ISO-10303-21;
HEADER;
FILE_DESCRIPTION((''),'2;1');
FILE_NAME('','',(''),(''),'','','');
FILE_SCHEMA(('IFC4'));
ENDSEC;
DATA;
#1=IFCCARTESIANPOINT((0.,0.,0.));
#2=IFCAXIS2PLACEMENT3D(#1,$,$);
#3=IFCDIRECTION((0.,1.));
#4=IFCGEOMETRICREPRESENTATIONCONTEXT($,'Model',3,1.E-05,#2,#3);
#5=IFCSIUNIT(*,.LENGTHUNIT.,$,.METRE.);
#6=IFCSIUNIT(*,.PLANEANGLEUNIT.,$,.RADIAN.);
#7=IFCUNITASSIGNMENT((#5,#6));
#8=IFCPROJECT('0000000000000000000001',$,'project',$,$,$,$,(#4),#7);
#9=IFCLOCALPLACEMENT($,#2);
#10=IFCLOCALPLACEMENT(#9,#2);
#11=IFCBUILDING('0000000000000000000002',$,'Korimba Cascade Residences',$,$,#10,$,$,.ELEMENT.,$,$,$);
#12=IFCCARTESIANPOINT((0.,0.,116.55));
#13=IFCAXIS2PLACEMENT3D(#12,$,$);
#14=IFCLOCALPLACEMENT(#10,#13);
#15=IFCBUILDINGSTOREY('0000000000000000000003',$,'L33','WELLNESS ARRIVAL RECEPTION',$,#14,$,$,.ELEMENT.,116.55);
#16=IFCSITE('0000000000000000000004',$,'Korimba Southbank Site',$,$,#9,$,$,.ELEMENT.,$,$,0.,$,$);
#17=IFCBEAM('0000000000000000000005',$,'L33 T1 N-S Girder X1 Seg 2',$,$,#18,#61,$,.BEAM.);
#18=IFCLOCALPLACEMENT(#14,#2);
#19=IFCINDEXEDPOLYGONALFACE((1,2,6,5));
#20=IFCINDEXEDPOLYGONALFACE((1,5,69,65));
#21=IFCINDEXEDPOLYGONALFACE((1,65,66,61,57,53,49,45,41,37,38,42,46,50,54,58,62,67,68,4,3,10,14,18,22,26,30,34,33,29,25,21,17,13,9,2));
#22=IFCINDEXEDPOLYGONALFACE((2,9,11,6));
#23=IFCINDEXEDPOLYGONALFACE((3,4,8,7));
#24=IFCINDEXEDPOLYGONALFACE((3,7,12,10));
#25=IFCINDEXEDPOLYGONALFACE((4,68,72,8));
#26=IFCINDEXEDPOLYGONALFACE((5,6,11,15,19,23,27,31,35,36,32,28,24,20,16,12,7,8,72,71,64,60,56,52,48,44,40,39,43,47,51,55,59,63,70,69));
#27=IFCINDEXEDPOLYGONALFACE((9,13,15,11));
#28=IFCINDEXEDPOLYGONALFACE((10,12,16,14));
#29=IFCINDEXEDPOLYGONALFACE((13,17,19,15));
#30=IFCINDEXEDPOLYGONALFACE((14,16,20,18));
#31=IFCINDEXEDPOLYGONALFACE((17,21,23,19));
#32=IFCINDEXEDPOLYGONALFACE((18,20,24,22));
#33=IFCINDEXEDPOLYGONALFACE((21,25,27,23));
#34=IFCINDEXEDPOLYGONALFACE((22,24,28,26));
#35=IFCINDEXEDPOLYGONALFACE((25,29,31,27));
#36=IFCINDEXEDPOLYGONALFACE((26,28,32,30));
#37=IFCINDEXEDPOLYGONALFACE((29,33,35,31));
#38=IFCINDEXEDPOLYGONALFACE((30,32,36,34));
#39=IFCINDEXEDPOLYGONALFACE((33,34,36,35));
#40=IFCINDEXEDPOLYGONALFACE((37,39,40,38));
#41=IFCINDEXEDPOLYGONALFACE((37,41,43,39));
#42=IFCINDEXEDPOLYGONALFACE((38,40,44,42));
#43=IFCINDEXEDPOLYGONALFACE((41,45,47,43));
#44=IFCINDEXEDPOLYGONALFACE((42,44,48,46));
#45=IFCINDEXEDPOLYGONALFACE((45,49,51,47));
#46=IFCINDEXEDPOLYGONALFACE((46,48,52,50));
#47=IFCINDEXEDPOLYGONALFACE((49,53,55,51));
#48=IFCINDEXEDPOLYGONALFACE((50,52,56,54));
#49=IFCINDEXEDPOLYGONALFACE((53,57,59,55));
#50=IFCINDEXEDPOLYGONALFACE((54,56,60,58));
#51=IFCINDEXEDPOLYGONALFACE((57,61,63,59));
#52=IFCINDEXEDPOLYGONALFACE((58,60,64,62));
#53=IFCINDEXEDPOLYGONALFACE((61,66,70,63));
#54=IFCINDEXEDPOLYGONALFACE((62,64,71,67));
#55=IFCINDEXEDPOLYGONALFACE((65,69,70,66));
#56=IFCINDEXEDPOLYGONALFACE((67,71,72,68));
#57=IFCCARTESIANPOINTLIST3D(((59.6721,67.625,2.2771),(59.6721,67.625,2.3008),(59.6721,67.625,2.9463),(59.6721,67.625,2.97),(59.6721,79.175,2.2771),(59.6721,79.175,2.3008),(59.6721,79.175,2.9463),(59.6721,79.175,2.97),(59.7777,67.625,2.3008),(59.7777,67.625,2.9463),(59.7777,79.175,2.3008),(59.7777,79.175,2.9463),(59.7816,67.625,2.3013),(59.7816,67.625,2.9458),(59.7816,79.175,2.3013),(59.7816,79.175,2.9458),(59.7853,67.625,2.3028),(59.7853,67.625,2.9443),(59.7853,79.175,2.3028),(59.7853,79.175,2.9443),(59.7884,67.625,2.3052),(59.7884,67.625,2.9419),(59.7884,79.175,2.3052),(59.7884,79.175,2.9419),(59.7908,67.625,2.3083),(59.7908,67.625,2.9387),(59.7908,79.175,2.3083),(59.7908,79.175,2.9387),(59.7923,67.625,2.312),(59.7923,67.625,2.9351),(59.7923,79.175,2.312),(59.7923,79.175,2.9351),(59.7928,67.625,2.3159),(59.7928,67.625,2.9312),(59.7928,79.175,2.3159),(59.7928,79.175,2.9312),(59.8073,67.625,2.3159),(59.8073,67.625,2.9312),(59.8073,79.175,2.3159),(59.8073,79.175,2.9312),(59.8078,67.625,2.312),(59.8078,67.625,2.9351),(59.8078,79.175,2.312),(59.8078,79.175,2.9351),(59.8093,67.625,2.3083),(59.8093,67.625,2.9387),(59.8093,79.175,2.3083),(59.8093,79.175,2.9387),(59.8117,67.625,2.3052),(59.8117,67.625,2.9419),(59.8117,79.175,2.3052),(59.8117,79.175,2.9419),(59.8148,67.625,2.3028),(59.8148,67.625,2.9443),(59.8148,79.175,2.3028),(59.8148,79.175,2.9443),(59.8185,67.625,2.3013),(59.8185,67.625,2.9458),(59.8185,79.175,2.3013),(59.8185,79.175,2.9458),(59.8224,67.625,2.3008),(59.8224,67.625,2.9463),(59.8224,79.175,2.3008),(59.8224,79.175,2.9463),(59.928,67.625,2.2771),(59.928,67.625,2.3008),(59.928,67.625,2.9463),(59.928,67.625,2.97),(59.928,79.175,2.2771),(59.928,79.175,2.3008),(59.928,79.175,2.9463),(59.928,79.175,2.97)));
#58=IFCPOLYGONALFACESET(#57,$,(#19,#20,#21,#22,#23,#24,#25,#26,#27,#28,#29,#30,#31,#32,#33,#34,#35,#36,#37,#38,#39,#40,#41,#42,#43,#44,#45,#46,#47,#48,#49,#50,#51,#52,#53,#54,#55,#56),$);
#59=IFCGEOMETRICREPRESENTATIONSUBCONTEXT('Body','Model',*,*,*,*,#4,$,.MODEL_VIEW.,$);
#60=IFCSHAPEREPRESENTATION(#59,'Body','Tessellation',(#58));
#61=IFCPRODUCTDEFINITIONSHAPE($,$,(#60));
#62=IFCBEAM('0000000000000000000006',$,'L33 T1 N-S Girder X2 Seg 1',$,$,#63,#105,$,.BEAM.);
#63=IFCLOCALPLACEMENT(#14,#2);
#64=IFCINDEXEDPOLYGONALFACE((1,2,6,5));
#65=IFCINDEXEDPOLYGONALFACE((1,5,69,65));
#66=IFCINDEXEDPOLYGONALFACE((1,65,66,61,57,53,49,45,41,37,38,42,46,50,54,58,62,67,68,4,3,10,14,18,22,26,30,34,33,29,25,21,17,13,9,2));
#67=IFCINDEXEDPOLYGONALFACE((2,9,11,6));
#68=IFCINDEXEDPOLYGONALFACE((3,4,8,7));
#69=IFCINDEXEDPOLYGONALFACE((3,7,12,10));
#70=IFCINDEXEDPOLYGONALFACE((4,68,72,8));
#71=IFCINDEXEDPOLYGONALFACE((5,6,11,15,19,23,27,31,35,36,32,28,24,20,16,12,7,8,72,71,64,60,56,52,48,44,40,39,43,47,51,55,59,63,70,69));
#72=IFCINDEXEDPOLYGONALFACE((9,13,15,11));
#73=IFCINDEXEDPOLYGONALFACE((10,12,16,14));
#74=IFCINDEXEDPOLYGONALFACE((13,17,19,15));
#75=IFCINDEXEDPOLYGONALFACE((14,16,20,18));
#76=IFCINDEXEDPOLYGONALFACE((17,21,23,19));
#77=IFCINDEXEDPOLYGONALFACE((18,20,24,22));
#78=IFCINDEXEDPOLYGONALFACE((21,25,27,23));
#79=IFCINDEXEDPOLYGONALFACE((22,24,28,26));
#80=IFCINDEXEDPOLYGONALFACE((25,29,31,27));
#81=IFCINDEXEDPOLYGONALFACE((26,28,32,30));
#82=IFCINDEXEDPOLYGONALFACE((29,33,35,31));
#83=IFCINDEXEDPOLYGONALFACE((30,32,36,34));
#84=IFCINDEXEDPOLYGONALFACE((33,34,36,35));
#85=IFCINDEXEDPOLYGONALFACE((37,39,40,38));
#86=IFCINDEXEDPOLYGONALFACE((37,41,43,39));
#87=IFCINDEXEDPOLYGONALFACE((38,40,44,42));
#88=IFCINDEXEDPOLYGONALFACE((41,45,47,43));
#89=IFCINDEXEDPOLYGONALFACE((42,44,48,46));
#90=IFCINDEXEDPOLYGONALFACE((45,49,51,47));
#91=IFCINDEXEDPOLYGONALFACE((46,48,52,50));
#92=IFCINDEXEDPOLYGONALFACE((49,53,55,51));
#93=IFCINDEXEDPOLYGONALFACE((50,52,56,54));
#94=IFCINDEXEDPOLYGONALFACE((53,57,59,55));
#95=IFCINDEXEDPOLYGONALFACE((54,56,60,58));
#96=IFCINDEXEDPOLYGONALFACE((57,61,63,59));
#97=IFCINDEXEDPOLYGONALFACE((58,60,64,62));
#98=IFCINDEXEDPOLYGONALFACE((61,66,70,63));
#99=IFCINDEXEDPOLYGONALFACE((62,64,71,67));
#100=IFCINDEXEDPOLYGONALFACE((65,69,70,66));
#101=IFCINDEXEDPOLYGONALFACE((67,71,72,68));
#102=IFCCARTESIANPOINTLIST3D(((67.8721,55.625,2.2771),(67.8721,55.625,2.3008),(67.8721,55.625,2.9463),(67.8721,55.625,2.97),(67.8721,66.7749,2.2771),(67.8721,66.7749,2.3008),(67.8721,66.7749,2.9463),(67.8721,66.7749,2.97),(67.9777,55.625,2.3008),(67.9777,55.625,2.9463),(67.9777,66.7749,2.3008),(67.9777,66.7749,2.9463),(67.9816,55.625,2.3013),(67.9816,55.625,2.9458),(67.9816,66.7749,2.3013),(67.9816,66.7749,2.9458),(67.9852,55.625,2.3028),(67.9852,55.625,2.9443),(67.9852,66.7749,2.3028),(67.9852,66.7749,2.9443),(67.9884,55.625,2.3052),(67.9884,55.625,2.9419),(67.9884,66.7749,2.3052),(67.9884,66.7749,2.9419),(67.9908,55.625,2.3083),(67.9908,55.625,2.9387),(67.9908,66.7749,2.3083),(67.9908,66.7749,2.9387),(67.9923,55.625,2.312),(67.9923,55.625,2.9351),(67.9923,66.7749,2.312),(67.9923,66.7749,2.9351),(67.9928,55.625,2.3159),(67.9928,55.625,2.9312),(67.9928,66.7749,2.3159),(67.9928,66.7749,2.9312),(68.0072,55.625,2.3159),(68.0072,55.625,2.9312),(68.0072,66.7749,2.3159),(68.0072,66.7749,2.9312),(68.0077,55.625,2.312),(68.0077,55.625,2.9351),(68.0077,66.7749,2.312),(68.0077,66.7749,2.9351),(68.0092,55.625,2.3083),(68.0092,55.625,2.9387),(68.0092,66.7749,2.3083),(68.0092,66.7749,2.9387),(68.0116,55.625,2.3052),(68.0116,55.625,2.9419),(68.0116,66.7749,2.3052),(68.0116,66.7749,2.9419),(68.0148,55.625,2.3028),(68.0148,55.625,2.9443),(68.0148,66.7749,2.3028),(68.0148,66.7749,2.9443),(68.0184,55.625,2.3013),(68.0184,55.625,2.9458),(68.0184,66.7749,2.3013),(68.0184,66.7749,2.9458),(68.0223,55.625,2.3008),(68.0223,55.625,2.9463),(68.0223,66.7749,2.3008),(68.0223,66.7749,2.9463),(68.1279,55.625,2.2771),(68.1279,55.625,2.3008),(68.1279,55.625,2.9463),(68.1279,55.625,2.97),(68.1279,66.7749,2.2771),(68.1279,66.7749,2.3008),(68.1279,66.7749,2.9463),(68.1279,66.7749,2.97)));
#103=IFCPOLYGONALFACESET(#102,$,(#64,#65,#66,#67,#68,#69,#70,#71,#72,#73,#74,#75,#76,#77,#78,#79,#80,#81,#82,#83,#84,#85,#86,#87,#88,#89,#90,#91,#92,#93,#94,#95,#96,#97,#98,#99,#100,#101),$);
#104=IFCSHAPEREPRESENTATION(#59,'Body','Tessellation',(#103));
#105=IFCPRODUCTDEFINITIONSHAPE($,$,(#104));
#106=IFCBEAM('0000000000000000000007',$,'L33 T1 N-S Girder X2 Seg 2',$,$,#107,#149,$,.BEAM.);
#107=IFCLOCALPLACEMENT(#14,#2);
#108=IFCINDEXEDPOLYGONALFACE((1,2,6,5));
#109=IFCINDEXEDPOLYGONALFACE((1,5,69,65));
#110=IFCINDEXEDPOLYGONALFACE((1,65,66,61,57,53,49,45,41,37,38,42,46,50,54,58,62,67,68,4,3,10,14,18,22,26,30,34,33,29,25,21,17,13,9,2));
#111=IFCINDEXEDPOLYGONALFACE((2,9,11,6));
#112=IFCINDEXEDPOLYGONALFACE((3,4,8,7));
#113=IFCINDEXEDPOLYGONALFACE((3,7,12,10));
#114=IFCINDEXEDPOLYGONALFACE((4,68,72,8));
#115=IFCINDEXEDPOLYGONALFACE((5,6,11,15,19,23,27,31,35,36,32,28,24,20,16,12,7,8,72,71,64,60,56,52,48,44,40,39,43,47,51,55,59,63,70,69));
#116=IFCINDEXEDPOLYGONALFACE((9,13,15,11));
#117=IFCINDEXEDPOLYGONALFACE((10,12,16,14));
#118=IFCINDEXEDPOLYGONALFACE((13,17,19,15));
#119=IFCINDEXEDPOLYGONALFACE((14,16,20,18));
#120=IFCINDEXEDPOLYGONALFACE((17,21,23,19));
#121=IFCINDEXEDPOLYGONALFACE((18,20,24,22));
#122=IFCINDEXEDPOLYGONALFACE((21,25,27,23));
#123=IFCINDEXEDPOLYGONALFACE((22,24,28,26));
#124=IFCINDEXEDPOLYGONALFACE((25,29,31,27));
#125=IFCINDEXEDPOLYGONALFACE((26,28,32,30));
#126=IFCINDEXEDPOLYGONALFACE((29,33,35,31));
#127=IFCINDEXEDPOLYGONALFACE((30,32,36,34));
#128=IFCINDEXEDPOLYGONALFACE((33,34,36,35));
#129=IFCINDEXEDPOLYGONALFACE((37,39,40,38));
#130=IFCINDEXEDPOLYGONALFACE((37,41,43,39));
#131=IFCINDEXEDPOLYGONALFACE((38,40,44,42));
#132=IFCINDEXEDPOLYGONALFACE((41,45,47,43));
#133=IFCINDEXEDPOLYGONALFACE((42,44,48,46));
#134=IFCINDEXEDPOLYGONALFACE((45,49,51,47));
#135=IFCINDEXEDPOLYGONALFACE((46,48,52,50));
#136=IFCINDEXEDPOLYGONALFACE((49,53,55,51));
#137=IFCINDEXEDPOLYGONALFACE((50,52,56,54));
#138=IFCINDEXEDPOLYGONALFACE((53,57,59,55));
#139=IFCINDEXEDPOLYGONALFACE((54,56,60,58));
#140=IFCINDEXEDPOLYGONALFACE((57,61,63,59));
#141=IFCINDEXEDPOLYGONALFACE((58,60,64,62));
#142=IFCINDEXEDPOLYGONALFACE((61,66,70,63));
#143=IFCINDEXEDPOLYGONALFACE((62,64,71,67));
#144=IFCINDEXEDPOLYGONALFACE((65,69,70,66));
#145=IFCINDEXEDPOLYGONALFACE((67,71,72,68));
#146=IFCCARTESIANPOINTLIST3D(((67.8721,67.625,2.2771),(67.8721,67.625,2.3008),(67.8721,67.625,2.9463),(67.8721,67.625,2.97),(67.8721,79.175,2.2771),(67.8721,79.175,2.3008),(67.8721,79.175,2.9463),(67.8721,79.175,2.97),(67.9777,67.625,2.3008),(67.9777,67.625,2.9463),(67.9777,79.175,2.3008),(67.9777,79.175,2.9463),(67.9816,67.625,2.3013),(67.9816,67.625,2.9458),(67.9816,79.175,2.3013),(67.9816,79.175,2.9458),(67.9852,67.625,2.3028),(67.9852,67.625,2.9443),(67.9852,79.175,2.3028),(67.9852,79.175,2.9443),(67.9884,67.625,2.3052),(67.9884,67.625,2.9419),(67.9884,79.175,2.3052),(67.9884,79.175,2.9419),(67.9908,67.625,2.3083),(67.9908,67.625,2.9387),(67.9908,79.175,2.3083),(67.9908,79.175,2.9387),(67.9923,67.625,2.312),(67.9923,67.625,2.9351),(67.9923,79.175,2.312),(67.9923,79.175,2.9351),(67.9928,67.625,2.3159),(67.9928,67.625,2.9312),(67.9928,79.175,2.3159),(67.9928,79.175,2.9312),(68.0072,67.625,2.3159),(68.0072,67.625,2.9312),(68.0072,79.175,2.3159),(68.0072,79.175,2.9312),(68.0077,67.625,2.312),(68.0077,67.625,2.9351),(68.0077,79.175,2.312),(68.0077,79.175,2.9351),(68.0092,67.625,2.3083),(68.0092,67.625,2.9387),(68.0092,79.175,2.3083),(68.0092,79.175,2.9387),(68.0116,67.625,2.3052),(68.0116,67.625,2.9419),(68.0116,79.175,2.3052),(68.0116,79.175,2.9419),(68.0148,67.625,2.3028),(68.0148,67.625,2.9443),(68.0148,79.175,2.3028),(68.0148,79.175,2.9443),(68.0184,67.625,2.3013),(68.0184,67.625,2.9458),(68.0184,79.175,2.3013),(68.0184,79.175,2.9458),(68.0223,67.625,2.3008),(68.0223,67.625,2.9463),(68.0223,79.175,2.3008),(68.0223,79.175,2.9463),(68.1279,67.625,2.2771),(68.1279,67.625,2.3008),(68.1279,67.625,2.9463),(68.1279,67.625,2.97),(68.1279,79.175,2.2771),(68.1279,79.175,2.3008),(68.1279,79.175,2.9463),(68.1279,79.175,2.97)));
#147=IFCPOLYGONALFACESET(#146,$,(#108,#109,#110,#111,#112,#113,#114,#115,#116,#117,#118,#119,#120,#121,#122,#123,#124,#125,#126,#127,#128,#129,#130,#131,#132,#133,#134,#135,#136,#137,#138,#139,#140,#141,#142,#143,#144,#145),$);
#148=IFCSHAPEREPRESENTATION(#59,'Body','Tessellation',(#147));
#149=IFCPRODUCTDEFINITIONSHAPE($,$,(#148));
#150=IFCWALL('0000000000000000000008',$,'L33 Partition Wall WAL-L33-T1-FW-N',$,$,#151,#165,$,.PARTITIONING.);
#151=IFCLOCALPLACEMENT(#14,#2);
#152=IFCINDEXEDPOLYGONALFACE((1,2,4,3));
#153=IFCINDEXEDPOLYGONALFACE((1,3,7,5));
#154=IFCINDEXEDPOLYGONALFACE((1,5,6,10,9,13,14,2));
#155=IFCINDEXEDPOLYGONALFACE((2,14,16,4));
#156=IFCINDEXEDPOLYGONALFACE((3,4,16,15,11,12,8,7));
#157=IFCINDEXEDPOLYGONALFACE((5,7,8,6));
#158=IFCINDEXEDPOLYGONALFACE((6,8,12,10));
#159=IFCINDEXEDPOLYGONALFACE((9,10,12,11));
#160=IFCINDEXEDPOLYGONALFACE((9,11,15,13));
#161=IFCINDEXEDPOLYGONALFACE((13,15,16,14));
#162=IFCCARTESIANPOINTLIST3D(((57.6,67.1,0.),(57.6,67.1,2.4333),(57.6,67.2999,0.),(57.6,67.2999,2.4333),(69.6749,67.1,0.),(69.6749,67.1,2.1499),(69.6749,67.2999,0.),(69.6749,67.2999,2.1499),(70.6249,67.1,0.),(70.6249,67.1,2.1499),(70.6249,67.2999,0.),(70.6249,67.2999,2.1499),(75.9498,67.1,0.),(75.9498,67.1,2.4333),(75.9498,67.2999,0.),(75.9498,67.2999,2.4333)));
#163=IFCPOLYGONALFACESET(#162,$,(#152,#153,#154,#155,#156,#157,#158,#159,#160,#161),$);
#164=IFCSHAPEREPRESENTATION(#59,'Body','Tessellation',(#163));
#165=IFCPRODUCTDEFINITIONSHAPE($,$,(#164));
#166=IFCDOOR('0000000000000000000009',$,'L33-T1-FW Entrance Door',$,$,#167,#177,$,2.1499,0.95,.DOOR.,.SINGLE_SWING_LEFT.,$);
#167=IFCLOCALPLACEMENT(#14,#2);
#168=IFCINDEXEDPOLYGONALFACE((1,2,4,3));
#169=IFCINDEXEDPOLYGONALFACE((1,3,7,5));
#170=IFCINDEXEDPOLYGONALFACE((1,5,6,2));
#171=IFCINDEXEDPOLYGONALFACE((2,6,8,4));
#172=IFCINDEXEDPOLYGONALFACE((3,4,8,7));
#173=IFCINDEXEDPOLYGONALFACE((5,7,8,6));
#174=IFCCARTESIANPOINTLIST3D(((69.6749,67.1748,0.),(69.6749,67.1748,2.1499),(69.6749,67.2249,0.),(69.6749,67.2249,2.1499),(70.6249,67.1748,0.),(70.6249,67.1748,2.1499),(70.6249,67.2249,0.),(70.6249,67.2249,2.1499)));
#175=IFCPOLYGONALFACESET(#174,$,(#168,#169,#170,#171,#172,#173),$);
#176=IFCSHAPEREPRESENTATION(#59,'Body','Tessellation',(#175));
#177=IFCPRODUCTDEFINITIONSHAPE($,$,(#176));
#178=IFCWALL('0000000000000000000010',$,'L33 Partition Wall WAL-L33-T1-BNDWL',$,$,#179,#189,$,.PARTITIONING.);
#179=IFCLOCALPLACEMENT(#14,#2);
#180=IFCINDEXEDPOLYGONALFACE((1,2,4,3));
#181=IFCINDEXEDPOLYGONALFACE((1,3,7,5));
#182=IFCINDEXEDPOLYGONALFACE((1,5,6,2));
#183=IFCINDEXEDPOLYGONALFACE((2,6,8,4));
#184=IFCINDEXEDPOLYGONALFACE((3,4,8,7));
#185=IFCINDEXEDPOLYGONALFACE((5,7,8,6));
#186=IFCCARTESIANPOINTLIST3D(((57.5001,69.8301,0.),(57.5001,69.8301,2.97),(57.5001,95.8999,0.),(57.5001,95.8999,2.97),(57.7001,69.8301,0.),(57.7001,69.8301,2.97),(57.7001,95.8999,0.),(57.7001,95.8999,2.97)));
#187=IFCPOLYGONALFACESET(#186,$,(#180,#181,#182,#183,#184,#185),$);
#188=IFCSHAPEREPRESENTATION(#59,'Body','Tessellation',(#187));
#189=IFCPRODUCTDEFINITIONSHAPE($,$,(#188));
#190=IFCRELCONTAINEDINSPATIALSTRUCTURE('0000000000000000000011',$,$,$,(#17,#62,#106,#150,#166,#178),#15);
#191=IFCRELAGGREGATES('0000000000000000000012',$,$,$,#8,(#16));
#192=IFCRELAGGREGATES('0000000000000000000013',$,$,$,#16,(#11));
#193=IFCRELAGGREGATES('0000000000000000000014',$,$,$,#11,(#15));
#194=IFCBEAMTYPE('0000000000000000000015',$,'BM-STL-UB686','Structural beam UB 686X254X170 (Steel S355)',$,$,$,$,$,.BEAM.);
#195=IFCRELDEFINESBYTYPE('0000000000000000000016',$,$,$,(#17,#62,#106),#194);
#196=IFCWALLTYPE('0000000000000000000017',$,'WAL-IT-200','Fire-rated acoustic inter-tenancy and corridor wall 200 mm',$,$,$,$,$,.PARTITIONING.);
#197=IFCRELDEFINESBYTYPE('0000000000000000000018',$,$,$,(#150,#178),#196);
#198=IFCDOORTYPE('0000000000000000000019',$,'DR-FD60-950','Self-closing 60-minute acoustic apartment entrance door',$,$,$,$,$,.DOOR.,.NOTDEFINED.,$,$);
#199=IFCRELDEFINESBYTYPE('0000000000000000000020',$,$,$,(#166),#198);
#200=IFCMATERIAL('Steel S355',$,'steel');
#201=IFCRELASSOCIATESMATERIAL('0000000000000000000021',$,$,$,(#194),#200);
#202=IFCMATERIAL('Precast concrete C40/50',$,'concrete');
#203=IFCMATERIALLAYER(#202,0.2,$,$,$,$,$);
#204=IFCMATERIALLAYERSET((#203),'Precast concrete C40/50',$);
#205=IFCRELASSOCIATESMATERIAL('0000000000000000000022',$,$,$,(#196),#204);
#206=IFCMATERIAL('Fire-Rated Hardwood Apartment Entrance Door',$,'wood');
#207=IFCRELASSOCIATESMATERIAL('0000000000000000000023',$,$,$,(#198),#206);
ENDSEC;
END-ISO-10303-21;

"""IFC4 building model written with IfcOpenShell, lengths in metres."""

from ifc_helpers import new_model, si_unit, direction, frame, frame_2d, origin, origin_2d, place, context, subcontext, project, spatial, rectangle, i_section, extrude, material, layer, layer_set, material_profile, profile_set, type_object, element, fill, save


model = new_model("IFC4")

# Units and contexts
model_context = context("Model", 3, precision=1e-05, world=origin(), true_north=direction((0.0, 1.0)))
body_context = subcontext(model_context, "Body", "Model", "MODEL_VIEW")
ifc_project = project(units=[si_unit("LENGTHUNIT", "METRE"), si_unit("PLANEANGLEUNIT", "RADIAN")], contexts=[model_context])

# Site, building, storey
site_placement = place(None, origin())
site = spatial("IfcSite", under=ifc_project, at=site_placement, Name="Korimba Southbank Site", CompositionType="ELEMENT", RefElevation=0.0)
building_placement = place(site_placement, origin())
building = spatial("IfcBuilding", under=site, at=building_placement, Name="Korimba Cascade Residences", CompositionType="ELEMENT")
storey_placement = place(building_placement, frame((0.0, 0.0, 116.55)))
storey = spatial("IfcBuildingStorey", under=building, at=storey_placement, Name="L33", Description="WELLNESS ARRIVAL RECEPTION", CompositionType="ELEMENT", Elevation=116.55)

# Beams
ifc_material_1 = material(Name="Steel S355", Category="steel")
ifc_material_profile_1 = material_profile(ifc_material_1, i_section(OverallWidth=0.2559, OverallDepth=0.6929, WebThickness=0.0144, FlangeThickness=0.0237, FilletRadius=0.0151, at=origin_2d()), Name="Steel S355")
ifc_profile_set_1 = profile_set([ifc_material_profile_1], Name="Steel S355")
beam_type_1 = type_object("IfcBeamType", Name="BM-STL-UB686", Description="Structural beam UB 686X254X170 (Steel S355)", PredefinedType="BEAM", material=ifc_profile_set_1)
beam_1_placement = place(storey_placement, frame((59.8, 67.625, 2.6235), z_axis=(0.0, 1.0, 0.0), x_axis=(-1.0, 0.0, 0.0)))
element("IfcBeam", 1, at=beam_1_placement, inside=storey, type_object=beam_type_1, Name="L33 T1 N-S Girder X1 Seg 2", PredefinedType="BEAM", context=body_context, shape_type="SweptSolid", body=[
    extrude(i_section(OverallWidth=0.2559, OverallDepth=0.6929, WebThickness=0.0144, FlangeThickness=0.0237, FilletRadius=0.0151, at=origin_2d()), origin(), (0.0, 0.0, 1.0), 11.55),
])
beam_2_placement = place(storey_placement, frame((68.0, 55.625, 2.6235), z_axis=(0.0, 1.0, 0.0), x_axis=(-1.0, 0.0, 0.0)))
element("IfcBeam", 2, at=beam_2_placement, inside=storey, type_object=beam_type_1, Name="L33 T1 N-S Girder X2 Seg 1", PredefinedType="BEAM", context=body_context, shape_type="SweptSolid", body=[
    extrude(i_section(OverallWidth=0.2559, OverallDepth=0.6929, WebThickness=0.0144, FlangeThickness=0.0237, FilletRadius=0.0151, at=origin_2d()), origin(), (0.0, 0.0, 1.0), 11.1499),
])
beam_3_placement = place(storey_placement, frame((68.0, 67.625, 2.6235), z_axis=(0.0, 1.0, 0.0), x_axis=(-1.0, 0.0, 0.0)))
element("IfcBeam", 3, at=beam_3_placement, inside=storey, type_object=beam_type_1, Name="L33 T1 N-S Girder X2 Seg 2", PredefinedType="BEAM", context=body_context, shape_type="SweptSolid", body=[
    extrude(i_section(OverallWidth=0.2559, OverallDepth=0.6929, WebThickness=0.0144, FlangeThickness=0.0237, FilletRadius=0.0151, at=origin_2d()), origin(), (0.0, 0.0, 1.0), 11.55),
])

# Wall, opening, door
ifc_material_2 = material(Name="Precast concrete C40/50", Category="concrete")
ifc_layer_1 = layer(ifc_material_2, 0.2)
ifc_layer_set_1 = layer_set([ifc_layer_1], Name="Precast concrete C40/50")
wall_type_1 = type_object("IfcWallType", Name="WAL-IT-200", Description="Fire-rated acoustic inter-tenancy and corridor wall 200 mm", PredefinedType="PARTITIONING", material=ifc_layer_set_1)
wall_1_placement = place(storey_placement, frame((57.6001, 67.2, 0.0), z_axis=(0.0, 0.0, 1.0), x_axis=(1.0, 0.0, 0.0)))
wall_1 = element("IfcWall", 4, at=wall_1_placement, inside=storey, type_object=wall_type_1, Name="L33 Partition Wall WAL-L33-T1-FW-N", PredefinedType="PARTITIONING", context=body_context, shape_type="SweptSolid", body=[
    extrude(rectangle(XDim=18.3499, YDim=0.2, at=frame_2d((9.1748, 0.0))), origin(), (0.0, 0.0, 1.0), 2.4333),
])
opening_1_placement = place(wall_1_placement, frame((12.0747, 0.0, 0.0)))
opening_1 = element("IfcOpeningElement", 5, at=opening_1_placement, cuts=wall_1, PredefinedType="OPENING", context=body_context, shape_type="SweptSolid", body=[
    extrude(rectangle(XDim=0.95, YDim=2.1499, at=frame_2d((0.4751, 1.075))), frame((0.0, 0.1099, 0.0), z_axis=(0.0, -1.0, 0.0), x_axis=(1.0, 0.0, 0.0)), (0.0, 0.0, 1.0), 0.22),
])
ifc_material_3 = material(Name="Fire-Rated Hardwood Apartment Entrance Door", Category="wood")
door_type_1 = type_object("IfcDoorType", Name="DR-FD60-950", Description="Self-closing 60-minute acoustic apartment entrance door", OperationType="NOTDEFINED", PredefinedType="DOOR", material=ifc_material_3)
door_1_placement = place(opening_1_placement, origin())
door_1 = element("IfcDoor", 6, at=door_1_placement, inside=storey, type_object=door_type_1, Name="L33-T1-FW Entrance Door", OperationType="SINGLE_SWING_LEFT", OverallHeight=2.1499, OverallWidth=0.95, PredefinedType="DOOR", context=body_context, shape_type="SweptSolid", body=[
    extrude(rectangle(XDim=0.95, YDim=2.1499, at=frame_2d((0.4751, 1.075))), frame((0.0, 0.0249, 0.0), z_axis=(0.0, -1.0, 0.0), x_axis=(1.0, 0.0, 0.0)), (0.0, 0.0, 1.0), 0.05),
])
fill(opening_1, door_1)

# Wall
wall_2_placement = place(storey_placement, frame((57.6001, 69.8301, 0.0), z_axis=(0.0, 0.0, 1.0), x_axis=(0.0, 1.0, 0.0)))
element("IfcWall", 7, at=wall_2_placement, inside=storey, type_object=wall_type_1, Name="L33 Partition Wall WAL-L33-T1-BNDWL", PredefinedType="PARTITIONING", context=body_context, shape_type="SweptSolid", body=[
    extrude(rectangle(XDim=26.0698, YDim=0.2, at=frame_2d((13.0349, 0.0))), origin(), (0.0, 0.0, 1.0), 2.97),
])

save(model, "model.ifc")
